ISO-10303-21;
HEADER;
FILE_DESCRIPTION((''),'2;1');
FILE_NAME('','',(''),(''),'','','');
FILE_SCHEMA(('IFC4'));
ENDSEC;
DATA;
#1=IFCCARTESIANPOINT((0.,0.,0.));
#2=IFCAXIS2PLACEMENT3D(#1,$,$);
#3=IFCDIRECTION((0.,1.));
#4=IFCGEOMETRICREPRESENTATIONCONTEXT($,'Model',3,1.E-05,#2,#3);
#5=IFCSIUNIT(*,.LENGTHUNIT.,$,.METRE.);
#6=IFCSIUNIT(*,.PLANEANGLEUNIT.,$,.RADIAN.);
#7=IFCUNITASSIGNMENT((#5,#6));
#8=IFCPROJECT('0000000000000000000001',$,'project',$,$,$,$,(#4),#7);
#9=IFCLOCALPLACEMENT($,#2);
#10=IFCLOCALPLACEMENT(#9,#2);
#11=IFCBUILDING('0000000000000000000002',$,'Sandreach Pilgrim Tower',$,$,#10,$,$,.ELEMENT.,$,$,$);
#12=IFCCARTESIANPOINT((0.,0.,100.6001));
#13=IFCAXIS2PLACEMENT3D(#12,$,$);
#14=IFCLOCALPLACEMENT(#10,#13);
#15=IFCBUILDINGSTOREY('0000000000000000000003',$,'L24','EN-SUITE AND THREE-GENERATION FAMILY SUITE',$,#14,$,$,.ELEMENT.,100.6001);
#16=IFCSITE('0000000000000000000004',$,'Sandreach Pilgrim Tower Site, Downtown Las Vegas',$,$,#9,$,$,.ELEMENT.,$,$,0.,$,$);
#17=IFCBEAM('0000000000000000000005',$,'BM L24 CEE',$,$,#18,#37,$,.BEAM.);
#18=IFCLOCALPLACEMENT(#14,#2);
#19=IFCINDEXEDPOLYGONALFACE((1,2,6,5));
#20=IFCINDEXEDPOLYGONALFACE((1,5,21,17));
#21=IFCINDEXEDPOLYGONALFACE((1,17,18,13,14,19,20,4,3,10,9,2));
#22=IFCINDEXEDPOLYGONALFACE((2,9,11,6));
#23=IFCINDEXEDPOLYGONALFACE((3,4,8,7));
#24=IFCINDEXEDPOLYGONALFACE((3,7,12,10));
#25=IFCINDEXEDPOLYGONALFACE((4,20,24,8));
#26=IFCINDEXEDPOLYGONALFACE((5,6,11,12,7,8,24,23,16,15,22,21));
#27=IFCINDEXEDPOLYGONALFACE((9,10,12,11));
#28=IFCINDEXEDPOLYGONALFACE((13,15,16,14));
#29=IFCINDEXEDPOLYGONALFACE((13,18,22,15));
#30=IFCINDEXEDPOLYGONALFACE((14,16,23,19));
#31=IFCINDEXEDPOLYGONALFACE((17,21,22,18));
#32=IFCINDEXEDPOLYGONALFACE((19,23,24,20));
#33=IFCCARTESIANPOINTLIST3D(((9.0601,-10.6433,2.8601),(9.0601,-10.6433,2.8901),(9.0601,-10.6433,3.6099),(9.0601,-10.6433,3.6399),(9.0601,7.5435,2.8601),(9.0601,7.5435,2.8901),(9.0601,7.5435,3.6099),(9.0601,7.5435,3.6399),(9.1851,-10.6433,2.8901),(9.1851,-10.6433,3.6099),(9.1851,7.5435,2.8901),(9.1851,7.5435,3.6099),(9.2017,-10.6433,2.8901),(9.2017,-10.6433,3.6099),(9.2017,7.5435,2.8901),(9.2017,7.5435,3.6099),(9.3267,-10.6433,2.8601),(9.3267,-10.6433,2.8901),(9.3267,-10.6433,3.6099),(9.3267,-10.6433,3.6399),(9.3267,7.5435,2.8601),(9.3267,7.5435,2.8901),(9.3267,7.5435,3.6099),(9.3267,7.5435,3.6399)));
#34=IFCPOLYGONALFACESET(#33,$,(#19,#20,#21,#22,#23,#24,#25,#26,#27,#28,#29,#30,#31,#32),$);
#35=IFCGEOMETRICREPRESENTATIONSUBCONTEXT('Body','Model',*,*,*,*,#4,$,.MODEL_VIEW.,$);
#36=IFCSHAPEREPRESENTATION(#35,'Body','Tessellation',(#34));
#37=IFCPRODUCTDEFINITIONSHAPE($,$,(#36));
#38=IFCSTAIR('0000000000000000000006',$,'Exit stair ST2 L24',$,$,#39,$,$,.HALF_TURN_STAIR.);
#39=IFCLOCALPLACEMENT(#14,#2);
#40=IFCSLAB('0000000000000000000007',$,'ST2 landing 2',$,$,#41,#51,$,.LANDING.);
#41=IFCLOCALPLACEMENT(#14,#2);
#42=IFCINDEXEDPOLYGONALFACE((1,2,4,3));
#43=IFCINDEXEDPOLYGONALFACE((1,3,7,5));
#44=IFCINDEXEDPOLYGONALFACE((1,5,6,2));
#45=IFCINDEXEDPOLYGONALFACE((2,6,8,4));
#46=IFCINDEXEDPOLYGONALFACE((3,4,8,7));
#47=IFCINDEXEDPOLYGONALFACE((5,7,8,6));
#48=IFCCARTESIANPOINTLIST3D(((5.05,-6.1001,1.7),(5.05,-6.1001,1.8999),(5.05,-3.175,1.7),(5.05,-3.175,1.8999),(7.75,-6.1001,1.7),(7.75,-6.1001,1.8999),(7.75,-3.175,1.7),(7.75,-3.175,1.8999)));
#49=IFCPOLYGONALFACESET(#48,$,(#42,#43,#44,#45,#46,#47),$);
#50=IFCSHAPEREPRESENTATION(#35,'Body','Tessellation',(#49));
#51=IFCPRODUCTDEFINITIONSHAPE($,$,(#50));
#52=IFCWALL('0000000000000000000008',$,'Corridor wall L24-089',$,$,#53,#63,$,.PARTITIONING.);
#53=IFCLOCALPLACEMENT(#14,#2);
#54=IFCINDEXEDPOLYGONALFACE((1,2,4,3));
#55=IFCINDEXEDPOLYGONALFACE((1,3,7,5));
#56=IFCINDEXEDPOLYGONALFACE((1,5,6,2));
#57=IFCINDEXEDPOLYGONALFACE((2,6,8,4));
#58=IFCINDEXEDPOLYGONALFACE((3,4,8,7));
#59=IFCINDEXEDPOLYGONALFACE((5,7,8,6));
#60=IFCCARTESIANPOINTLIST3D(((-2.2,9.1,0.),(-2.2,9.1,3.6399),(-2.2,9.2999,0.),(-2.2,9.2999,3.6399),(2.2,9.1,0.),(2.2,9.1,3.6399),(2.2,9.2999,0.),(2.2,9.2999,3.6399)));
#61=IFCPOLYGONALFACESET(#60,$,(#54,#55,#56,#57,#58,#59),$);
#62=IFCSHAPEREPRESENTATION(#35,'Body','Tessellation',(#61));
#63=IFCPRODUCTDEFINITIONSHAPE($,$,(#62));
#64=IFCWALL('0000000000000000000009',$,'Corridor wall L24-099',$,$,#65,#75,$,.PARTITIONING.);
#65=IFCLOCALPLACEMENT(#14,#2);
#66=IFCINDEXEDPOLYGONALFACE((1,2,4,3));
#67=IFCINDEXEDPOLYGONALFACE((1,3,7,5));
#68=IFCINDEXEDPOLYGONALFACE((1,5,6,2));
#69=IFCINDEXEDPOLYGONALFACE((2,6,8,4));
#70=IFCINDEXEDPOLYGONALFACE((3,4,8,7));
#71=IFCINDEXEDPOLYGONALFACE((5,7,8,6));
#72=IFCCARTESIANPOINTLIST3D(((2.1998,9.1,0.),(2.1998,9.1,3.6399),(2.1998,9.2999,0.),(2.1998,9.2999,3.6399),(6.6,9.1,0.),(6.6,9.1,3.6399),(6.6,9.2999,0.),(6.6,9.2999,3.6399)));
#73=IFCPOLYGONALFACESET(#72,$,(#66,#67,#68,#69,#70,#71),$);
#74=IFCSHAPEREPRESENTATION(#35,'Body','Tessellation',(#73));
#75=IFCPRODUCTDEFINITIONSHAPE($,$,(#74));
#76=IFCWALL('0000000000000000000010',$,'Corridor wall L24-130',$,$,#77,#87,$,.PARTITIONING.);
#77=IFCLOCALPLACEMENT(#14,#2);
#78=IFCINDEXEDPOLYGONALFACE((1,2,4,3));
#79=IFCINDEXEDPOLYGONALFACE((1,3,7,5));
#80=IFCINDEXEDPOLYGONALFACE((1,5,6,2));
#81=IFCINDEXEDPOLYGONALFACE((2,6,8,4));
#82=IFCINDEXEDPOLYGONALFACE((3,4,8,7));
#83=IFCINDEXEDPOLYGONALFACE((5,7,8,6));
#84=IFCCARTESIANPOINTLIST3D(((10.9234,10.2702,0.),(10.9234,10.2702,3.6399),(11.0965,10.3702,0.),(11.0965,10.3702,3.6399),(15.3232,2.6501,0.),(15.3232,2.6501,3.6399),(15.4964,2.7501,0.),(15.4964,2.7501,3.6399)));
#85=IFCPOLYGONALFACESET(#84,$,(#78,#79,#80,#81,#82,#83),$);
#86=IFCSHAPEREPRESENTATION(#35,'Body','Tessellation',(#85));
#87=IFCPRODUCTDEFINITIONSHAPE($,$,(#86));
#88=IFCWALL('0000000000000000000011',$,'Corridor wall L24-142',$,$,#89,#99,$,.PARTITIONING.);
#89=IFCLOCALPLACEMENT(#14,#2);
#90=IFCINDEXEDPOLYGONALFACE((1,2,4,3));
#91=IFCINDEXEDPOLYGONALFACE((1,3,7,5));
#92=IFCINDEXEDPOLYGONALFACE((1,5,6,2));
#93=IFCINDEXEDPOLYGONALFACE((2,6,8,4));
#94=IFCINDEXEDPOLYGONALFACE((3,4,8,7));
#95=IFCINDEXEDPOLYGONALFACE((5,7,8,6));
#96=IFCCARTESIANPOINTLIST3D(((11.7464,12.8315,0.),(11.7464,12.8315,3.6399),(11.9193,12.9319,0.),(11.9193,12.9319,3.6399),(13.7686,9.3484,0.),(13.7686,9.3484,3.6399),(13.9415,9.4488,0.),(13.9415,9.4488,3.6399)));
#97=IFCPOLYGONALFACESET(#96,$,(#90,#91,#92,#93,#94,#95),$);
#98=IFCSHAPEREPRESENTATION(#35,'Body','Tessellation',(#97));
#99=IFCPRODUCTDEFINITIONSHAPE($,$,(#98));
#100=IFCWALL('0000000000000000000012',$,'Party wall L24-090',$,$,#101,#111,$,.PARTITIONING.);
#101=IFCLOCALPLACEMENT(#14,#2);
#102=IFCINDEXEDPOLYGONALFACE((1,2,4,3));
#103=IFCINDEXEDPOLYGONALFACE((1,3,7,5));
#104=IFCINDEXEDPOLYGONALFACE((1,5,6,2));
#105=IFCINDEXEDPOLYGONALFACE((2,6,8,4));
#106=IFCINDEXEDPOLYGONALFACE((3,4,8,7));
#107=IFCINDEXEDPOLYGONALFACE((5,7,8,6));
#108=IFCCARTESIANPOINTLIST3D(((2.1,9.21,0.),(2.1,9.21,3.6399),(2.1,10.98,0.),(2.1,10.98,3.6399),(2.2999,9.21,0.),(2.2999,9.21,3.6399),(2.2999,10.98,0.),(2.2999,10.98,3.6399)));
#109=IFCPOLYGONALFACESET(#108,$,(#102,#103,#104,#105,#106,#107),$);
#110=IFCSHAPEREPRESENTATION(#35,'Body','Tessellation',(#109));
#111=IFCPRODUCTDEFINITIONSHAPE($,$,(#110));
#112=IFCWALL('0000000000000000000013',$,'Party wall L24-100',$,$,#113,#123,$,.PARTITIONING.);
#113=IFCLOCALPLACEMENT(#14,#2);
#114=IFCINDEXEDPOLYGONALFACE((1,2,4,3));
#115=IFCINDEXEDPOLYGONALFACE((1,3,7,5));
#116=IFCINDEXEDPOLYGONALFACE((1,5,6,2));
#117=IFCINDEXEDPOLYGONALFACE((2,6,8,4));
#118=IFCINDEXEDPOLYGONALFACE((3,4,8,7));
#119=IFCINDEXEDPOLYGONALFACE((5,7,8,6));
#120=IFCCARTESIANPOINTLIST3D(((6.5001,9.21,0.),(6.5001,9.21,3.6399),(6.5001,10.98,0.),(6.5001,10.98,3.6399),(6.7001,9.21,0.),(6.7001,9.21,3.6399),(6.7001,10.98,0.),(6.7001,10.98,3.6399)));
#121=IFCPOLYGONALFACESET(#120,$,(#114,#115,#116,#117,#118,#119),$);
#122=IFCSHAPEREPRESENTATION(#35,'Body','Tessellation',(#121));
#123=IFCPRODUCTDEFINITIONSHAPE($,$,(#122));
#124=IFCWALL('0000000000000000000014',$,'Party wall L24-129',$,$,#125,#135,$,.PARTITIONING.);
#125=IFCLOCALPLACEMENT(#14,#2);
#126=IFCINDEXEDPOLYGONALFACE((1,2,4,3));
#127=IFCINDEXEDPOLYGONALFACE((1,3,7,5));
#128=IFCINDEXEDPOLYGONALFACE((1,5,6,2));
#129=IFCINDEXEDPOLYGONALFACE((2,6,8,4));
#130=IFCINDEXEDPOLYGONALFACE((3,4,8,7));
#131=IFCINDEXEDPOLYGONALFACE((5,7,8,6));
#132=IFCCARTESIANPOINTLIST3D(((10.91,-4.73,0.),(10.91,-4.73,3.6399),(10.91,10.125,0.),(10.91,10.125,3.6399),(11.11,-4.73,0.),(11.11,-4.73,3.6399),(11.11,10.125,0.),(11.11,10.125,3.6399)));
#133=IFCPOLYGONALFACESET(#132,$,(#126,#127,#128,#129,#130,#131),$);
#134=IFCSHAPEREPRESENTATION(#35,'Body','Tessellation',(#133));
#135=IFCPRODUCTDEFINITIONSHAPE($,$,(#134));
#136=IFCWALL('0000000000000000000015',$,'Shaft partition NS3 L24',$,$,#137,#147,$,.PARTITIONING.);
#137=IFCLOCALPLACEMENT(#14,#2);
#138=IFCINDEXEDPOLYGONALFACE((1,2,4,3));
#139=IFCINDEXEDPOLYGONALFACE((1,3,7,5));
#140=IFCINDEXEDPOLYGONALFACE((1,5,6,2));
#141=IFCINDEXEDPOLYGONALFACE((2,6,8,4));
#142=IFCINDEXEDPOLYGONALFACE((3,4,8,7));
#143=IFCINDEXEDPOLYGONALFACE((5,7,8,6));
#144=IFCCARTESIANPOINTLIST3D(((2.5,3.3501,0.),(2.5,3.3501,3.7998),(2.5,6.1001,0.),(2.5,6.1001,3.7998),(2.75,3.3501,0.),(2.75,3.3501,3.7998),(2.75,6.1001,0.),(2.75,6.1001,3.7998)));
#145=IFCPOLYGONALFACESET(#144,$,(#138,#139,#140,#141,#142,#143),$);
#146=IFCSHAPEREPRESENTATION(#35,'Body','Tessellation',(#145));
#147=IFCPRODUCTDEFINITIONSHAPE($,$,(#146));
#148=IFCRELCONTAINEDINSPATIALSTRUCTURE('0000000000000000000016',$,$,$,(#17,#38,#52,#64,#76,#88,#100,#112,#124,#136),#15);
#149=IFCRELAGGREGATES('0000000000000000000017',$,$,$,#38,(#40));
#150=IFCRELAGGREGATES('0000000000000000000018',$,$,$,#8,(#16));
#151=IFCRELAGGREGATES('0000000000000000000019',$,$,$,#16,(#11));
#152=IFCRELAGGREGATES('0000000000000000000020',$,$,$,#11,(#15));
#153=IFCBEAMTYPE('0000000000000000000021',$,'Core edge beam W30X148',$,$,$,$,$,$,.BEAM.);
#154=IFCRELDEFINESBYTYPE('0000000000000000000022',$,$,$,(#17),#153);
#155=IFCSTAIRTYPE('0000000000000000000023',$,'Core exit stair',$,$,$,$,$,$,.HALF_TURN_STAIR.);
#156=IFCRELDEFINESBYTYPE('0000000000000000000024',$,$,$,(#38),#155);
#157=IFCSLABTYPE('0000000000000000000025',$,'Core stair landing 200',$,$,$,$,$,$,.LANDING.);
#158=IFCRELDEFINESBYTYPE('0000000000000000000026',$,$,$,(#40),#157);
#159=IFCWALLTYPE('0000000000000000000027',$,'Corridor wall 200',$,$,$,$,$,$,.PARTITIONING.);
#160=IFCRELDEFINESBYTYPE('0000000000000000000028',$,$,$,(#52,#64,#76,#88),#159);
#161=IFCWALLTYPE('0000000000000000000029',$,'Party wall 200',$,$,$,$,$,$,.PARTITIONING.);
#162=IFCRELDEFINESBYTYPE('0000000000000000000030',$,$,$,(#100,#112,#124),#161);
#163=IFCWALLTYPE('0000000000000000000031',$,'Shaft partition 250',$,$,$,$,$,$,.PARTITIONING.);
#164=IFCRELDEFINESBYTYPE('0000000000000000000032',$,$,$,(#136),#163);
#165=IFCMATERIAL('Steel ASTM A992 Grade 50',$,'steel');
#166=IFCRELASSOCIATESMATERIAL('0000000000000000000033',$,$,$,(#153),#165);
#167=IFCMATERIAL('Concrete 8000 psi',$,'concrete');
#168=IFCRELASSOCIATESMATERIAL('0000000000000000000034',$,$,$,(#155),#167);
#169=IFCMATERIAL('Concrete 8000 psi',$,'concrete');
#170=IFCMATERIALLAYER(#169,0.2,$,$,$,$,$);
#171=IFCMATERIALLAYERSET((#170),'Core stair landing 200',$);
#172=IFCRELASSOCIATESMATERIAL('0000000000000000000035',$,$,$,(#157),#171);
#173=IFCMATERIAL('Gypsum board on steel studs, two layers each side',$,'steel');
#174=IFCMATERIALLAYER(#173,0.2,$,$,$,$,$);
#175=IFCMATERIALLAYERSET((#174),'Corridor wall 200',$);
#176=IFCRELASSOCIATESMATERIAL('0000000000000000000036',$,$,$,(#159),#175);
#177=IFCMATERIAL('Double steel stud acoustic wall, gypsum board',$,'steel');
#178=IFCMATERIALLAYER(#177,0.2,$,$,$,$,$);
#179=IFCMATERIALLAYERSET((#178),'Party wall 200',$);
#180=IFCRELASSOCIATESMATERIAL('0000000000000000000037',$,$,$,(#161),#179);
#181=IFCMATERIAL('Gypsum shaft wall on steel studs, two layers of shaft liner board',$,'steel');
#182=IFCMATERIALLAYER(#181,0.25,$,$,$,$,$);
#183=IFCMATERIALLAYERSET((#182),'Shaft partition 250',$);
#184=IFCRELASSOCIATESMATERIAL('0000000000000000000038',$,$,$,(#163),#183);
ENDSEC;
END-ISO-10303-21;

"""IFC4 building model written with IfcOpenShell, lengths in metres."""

from ifc_helpers import new_model, si_unit, direction, frame, frame_2d, origin, origin_2d, place, context, subcontext, project, spatial, polyline, rectangle, i_section, outline, extrude, material, layer, layer_set, material_profile, profile_set, type_object, element, aggregate, save


model = new_model("IFC4")

# Units and contexts
model_context = context("Model", 3, precision=1e-05, world=origin(), true_north=direction((0.0, 1.0)))
body_context = subcontext(model_context, "Body", "Model", "MODEL_VIEW")
ifc_project = project(units=[si_unit("LENGTHUNIT", "METRE"), si_unit("PLANEANGLEUNIT", "RADIAN")], contexts=[model_context])

# Site, building, storey
site_placement = place(None, origin())
site = spatial("IfcSite", under=ifc_project, at=site_placement, Name="Sandreach Pilgrim Tower Site, Downtown Las Vegas", CompositionType="ELEMENT", RefElevation=0.0)
building_placement = place(site_placement, origin())
building = spatial("IfcBuilding", under=site, at=building_placement, Name="Sandreach Pilgrim Tower", CompositionType="ELEMENT")
storey_placement = place(building_placement, frame((0.0, 0.0, 100.6001)))
storey = spatial("IfcBuildingStorey", under=building, at=storey_placement, Name="L24", Description="EN-SUITE AND THREE-GENERATION FAMILY SUITE", CompositionType="ELEMENT", Elevation=100.6001)

# Beam
ifc_material_1 = material(Name="Steel ASTM A992 Grade 50", Category="steel")
ifc_material_profile = material_profile(ifc_material_1, i_section(OverallWidth=0.2666, OverallDepth=0.7798, WebThickness=0.0166, FlangeThickness=0.03, at=origin_2d()), Name="W30X148")
ifc_profile_set = profile_set([ifc_material_profile], Name="Steel ASTM A992 Grade 50")
beam_type = type_object("IfcBeamType", Name="Core edge beam W30X148", PredefinedType="BEAM", material=ifc_profile_set)
beam_placement = place(storey_placement, frame((9.1934, 7.5435, 3.25), z_axis=(0.0, -1.0, 0.0), x_axis=(1.0, 0.0, 0.0)))
element("IfcBeam", 1, at=beam_placement, inside=storey, type_object=beam_type, Name="BM L24 CEE", PredefinedType="BEAM", context=body_context, shape_type="SweptSolid", body=[
    extrude(i_section(OverallWidth=0.2666, OverallDepth=0.7798, WebThickness=0.0166, FlangeThickness=0.03, at=origin_2d()), origin(), (0.0, 0.0, 1.0), 18.1868),
])

# Stair, slab
ifc_material_2 = material(Name="Concrete 8000 psi", Category="concrete")
stair_type = type_object("IfcStairType", Name="Core exit stair", PredefinedType="HALF_TURN_STAIR", material=ifc_material_2)
stair_placement = place(storey_placement, origin())
stair = element("IfcStair", 2, at=stair_placement, inside=storey, type_object=stair_type, Name="Exit stair ST2 L24", PredefinedType="HALF_TURN_STAIR")
ifc_material_3 = material(Name="Concrete 8000 psi", Category="concrete")
ifc_layer_1 = layer(ifc_material_3, 0.2)
ifc_layer_set_1 = layer_set([ifc_layer_1], Name="Core stair landing 200")
slab_type = type_object("IfcSlabType", Name="Core stair landing 200", PredefinedType="LANDING", material=ifc_layer_set_1)
slab_placement = place(storey_placement, frame((0.0, 0.0, 1.7)))
slab = element("IfcSlab", 3, at=slab_placement, type_object=slab_type, Name="ST2 landing 2", PredefinedType="LANDING", context=body_context, shape_type="SweptSolid", body=[
    extrude(outline(polyline([(5.05, -6.1001), (7.75, -6.1001), (7.75, -3.175), (5.05, -3.175), (5.05, -6.1001)])), origin(), (0.0, 0.0, 1.0), 0.2),
])
aggregate(stair, [slab])

# Wall
ifc_material_4 = material(Name="Gypsum board on steel studs, two layers each side", Category="steel")
ifc_layer_2 = layer(ifc_material_4, 0.2)
ifc_layer_set_2 = layer_set([ifc_layer_2], Name="Corridor wall 200")
wall_type_1 = type_object("IfcWallType", Name="Corridor wall 200", PredefinedType="PARTITIONING", material=ifc_layer_set_2)
wall_1_placement = place(storey_placement, frame((2.2, 9.2, 0.0), z_axis=(0.0, 0.0, 1.0), x_axis=(-1.0, 0.0, 0.0)))
element("IfcWall", 4, at=wall_1_placement, inside=storey, type_object=wall_type_1, Name="Corridor wall L24-089", PredefinedType="PARTITIONING", context=body_context, shape_type="SweptSolid", body=[
    extrude(rectangle(XDim=4.3999, YDim=0.2, at=frame_2d((2.2, 0.0))), origin(), (0.0, 0.0, 1.0), 3.6399),
])

# Wall
wall_2_placement = place(storey_placement, frame((6.6001, 9.2, 0.0), z_axis=(0.0, 0.0, 1.0), x_axis=(-1.0, 0.0, 0.0)))
element("IfcWall", 5, at=wall_2_placement, inside=storey, type_object=wall_type_1, Name="Corridor wall L24-099", PredefinedType="PARTITIONING", context=body_context, shape_type="SweptSolid", body=[
    extrude(rectangle(XDim=4.4001, YDim=0.2, at=frame_2d((2.2002, 0.0))), origin(), (0.0, 0.0, 1.0), 3.6399),
])

# Walls
wall_3_placement = place(storey_placement, frame((11.01, 10.3201, 0.0), z_axis=(0.0, 0.0, 1.0), x_axis=(0.500036, -0.866004, 0.0)))
element("IfcWall", 6, at=wall_3_placement, inside=storey, type_object=wall_type_1, Name="Corridor wall L24-130", PredefinedType="PARTITIONING", context=body_context, shape_type="SweptSolid", body=[
    extrude(rectangle(XDim=8.7991, YDim=0.2, at=frame_2d((4.3994, 0.0))), origin(), (0.0, 0.0, 1.0), 3.6399),
])
wall_4_placement = place(storey_placement, frame((13.855, 9.3987, 0.0), z_axis=(0.0, 0.0, 1.0), x_axis=(-0.502087, 0.864817, 0.0)))
element("IfcWall", 7, at=wall_4_placement, inside=storey, type_object=wall_type_1, Name="Corridor wall L24-142", PredefinedType="PARTITIONING", context=body_context, shape_type="SweptSolid", body=[
    extrude(rectangle(XDim=4.0276, YDim=0.2, at=frame_2d((2.0137, 0.0))), origin(), (0.0, 0.0, 1.0), 3.6399),
])

# Walls
ifc_material_5 = material(Name="Double steel stud acoustic wall, gypsum board", Category="steel")
ifc_layer_3 = layer(ifc_material_5, 0.2)
ifc_layer_set_3 = layer_set([ifc_layer_3], Name="Party wall 200")
wall_type_2 = type_object("IfcWallType", Name="Party wall 200", PredefinedType="PARTITIONING", material=ifc_layer_set_3)
for number, where, z_axis, x_axis, name in (
    (8, (2.2, 10.98, 0.0), (0.0, 0.0, 1.0), (0.0, -1.0, 0.0), "Party wall L24-090"),
    (9, (6.6001, 10.98, 0.0), (0.0, 0.0, 1.0), (0.0, -1.0, 0.0), "Party wall L24-100"),
):
    element("IfcWall", number, at=place(storey_placement, frame(where, z_axis=z_axis, x_axis=x_axis)), inside=storey, type_object=wall_type_2, Name=name, PredefinedType="PARTITIONING", context=body_context, shape_type="SweptSolid", body=[
        extrude(rectangle(XDim=1.77, YDim=0.2, at=frame_2d((0.885, 0.0))), origin(), (0.0, 0.0, 1.0), 3.6399),
    ])
wall_5_placement = place(storey_placement, frame((11.01, 10.125, 0.0), z_axis=(0.0, 0.0, 1.0), x_axis=(0.0, -1.0, 0.0)))
element("IfcWall", 10, at=wall_5_placement, inside=storey, type_object=wall_type_2, Name="Party wall L24-129", PredefinedType="PARTITIONING", context=body_context, shape_type="SweptSolid", body=[
    extrude(rectangle(XDim=14.855, YDim=0.2, at=frame_2d((7.4275, 0.0))), origin(), (0.0, 0.0, 1.0), 3.6399),
])
ifc_material_6 = material(Name="Gypsum shaft wall on steel studs, two layers of shaft liner board", Category="steel")
ifc_layer_4 = layer(ifc_material_6, 0.25)
ifc_layer_set_4 = layer_set([ifc_layer_4], Name="Shaft partition 250")
wall_type_3 = type_object("IfcWallType", Name="Shaft partition 250", PredefinedType="PARTITIONING", material=ifc_layer_set_4)
wall_6_placement = place(storey_placement, frame((2.625, 3.3501, 0.0), z_axis=(0.0, 0.0, 1.0), x_axis=(0.0, 1.0, 0.0)))
element("IfcWall", 11, at=wall_6_placement, inside=storey, type_object=wall_type_3, Name="Shaft partition NS3 L24", PredefinedType="PARTITIONING", context=body_context, shape_type="SweptSolid", body=[
    extrude(rectangle(XDim=2.75, YDim=0.25, at=frame_2d((1.375, 0.0))), origin(), (0.0, 0.0, 1.0), 3.7998),
])

save(model, "model.ifc")
